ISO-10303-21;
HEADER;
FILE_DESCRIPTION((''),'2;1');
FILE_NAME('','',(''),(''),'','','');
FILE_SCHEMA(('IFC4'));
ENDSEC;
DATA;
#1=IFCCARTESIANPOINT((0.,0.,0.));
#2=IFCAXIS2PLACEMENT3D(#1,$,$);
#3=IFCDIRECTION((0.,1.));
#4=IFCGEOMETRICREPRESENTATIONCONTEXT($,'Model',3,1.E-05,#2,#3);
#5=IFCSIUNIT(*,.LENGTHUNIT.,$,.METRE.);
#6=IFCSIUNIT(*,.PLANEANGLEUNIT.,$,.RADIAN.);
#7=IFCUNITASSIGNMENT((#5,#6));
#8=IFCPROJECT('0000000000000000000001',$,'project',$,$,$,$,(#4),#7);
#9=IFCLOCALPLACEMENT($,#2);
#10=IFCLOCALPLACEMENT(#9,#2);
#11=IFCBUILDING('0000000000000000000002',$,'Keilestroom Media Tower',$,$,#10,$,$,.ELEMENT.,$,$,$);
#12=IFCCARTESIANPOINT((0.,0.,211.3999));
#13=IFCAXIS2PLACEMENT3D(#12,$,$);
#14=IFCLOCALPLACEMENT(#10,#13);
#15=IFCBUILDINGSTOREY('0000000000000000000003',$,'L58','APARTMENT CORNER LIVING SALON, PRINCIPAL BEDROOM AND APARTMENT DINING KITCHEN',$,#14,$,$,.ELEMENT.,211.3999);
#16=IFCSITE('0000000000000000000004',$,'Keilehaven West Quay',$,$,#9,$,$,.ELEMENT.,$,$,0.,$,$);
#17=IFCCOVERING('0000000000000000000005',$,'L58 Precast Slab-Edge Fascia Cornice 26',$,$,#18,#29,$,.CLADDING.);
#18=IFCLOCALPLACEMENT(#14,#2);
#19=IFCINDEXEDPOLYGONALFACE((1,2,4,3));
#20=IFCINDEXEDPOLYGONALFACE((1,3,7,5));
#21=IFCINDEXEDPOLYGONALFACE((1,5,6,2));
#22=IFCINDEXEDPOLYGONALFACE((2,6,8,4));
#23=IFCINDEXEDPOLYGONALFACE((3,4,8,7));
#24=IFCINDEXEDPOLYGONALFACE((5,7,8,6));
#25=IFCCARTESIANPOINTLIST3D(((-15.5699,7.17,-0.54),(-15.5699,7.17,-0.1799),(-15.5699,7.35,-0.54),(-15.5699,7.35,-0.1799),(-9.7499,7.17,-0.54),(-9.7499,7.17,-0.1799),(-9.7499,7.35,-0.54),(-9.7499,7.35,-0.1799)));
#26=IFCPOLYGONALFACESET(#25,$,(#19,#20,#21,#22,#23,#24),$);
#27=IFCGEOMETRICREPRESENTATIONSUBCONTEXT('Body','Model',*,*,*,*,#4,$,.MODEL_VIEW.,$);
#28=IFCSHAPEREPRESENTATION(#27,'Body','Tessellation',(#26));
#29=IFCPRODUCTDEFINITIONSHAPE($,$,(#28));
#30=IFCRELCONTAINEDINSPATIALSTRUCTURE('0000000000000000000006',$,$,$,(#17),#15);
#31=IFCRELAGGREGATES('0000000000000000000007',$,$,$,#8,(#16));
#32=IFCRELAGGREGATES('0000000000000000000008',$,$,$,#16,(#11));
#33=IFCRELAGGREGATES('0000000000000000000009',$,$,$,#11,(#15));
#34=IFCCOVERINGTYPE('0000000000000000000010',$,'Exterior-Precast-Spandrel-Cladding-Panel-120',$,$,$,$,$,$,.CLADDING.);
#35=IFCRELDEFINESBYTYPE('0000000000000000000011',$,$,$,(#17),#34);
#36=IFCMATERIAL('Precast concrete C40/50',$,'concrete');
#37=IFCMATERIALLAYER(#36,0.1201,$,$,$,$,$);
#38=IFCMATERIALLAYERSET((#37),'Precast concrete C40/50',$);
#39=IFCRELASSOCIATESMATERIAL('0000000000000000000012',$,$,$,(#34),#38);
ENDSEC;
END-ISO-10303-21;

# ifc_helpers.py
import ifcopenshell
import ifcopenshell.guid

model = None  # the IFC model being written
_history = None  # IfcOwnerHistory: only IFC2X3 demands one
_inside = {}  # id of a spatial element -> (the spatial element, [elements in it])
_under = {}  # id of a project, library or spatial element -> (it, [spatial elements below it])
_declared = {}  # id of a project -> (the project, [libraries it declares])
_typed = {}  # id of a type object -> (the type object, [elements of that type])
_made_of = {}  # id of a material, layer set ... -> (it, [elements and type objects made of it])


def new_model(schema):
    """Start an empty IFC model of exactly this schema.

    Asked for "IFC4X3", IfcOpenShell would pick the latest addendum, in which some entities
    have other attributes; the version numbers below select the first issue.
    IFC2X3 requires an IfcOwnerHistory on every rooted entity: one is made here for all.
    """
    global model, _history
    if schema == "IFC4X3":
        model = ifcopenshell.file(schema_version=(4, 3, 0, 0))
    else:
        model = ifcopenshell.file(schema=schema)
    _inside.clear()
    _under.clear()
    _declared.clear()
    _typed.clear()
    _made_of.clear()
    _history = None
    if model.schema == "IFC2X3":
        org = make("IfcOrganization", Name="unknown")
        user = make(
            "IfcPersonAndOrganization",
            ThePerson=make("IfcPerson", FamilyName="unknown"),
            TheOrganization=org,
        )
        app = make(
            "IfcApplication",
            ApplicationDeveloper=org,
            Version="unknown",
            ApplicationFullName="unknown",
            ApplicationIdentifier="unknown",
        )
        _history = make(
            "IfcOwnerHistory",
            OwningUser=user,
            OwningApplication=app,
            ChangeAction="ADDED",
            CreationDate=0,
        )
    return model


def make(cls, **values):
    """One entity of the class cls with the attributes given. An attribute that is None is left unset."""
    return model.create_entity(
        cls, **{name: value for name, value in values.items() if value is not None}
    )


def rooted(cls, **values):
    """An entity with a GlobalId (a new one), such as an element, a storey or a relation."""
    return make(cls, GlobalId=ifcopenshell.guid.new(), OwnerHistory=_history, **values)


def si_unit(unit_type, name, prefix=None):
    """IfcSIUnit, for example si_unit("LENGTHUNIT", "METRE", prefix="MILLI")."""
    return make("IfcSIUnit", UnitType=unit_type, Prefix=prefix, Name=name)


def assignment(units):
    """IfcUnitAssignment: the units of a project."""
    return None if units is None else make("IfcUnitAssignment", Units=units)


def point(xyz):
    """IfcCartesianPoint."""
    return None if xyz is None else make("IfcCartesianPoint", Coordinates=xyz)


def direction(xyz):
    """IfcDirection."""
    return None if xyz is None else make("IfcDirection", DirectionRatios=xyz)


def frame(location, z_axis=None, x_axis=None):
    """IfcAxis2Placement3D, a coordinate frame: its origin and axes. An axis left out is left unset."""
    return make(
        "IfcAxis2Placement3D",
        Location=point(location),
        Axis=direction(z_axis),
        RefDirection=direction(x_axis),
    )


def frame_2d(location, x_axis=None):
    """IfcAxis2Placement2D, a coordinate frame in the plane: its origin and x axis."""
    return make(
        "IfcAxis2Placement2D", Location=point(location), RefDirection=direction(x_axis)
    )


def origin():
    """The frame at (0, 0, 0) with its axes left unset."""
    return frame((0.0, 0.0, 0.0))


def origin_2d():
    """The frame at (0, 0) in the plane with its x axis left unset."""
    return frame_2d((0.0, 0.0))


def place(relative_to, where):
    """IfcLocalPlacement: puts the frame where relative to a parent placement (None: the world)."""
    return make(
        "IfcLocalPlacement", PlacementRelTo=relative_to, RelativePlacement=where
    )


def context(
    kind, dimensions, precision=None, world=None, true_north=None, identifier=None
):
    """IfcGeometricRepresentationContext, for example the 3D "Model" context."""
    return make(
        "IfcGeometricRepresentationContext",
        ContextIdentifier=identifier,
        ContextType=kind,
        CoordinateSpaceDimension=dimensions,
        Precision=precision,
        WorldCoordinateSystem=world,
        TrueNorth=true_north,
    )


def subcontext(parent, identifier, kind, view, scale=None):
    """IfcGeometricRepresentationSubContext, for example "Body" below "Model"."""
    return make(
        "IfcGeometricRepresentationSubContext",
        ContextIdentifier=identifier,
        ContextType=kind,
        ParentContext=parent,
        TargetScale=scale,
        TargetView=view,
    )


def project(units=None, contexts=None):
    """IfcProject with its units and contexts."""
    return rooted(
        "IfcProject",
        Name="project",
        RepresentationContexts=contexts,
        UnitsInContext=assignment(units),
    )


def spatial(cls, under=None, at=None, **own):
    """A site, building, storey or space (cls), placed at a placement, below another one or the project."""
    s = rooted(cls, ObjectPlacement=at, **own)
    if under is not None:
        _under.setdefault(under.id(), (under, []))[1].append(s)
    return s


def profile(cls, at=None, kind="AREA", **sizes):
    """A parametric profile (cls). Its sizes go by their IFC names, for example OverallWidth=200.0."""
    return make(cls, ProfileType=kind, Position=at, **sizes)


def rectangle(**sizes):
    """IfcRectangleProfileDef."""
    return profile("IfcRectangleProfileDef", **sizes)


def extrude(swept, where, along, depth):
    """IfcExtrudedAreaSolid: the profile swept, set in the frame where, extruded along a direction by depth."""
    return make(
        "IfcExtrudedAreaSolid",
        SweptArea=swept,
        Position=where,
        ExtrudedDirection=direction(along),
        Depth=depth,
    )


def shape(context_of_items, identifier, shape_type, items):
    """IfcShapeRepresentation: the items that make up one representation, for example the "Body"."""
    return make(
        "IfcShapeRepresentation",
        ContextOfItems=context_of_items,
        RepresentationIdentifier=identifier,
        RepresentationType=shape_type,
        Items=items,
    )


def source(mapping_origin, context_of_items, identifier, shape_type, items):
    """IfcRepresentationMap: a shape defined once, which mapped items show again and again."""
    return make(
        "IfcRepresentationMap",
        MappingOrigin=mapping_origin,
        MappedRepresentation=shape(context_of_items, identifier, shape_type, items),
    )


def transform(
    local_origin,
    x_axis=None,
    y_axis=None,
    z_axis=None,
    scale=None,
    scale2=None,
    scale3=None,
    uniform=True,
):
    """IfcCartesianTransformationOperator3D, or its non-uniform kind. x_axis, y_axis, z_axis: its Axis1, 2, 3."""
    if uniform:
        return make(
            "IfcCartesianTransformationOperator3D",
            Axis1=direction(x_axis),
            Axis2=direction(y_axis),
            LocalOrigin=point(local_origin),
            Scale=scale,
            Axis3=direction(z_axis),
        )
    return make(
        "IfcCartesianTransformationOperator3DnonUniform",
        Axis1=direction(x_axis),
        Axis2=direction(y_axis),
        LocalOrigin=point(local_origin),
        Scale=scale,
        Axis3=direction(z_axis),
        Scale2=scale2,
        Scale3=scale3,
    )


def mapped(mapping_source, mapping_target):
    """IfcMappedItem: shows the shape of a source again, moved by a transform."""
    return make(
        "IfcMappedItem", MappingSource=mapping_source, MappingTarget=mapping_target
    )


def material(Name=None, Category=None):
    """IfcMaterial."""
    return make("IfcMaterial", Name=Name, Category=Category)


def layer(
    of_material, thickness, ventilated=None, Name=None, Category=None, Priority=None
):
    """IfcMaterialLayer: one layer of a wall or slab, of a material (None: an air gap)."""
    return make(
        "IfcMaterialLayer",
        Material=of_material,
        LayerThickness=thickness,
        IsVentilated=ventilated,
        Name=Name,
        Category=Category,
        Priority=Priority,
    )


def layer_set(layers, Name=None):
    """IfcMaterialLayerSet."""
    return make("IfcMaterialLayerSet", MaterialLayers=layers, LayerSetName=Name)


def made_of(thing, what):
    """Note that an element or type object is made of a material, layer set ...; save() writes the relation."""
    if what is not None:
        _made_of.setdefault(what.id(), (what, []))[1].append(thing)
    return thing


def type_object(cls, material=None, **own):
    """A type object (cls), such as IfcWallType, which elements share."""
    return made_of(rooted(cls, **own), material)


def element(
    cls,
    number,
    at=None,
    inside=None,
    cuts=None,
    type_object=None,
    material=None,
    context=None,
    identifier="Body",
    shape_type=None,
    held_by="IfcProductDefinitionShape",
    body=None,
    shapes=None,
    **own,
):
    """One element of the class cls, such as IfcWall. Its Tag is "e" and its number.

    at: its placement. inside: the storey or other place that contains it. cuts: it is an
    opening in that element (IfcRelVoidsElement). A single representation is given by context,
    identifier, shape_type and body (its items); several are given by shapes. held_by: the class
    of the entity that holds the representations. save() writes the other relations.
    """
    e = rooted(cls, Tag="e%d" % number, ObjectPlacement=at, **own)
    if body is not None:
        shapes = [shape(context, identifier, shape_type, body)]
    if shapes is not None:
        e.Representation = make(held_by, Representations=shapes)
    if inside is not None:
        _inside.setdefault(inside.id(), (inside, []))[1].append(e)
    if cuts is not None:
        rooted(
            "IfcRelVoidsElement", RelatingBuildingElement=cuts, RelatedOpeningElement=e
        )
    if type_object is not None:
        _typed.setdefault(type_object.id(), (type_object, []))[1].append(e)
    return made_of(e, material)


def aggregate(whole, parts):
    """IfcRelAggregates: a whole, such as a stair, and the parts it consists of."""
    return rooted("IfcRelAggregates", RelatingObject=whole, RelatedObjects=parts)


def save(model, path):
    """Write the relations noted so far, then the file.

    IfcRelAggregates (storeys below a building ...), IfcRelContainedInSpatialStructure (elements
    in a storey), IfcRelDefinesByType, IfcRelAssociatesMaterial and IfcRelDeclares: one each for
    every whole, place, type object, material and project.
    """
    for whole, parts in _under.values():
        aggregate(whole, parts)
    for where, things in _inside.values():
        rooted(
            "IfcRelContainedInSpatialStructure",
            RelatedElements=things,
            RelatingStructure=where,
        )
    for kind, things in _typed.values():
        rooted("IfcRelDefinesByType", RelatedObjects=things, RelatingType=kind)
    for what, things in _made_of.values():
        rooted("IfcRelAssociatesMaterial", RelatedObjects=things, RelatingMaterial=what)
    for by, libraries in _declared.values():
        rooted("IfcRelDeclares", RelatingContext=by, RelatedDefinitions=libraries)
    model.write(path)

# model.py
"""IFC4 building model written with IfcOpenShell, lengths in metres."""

from ifc_helpers import new_model, si_unit, direction, frame, origin, origin_2d, place, context, subcontext, project, spatial, rectangle, extrude, source, transform, mapped, material, layer, layer_set, type_object, element, save


model = new_model("IFC4")

# Units and contexts
model_context = context("Model", 3, precision=1e-05, world=origin(), true_north=direction((0.0, 1.0)))
body_context = subcontext(model_context, "Body", "Model", "MODEL_VIEW")
ifc_project = project(units=[si_unit("LENGTHUNIT", "METRE"), si_unit("PLANEANGLEUNIT", "RADIAN")], contexts=[model_context])

# Site, building, storey
site_placement = place(None, origin())
site = spatial("IfcSite", under=ifc_project, at=site_placement, Name="Keilehaven West Quay", CompositionType="ELEMENT", RefElevation=0.0)
building_placement = place(site_placement, origin())
building = spatial("IfcBuilding", under=site, at=building_placement, Name="Keilestroom Media Tower", CompositionType="ELEMENT")
storey_placement = place(building_placement, frame((0.0, 0.0, 211.3999)))
storey = spatial("IfcBuildingStorey", under=building, at=storey_placement, Name="L58", Description="APARTMENT CORNER LIVING SALON, PRINCIPAL BEDROOM AND APARTMENT DINING KITCHEN", CompositionType="ELEMENT", Elevation=211.3999)

# Shared definitions
ifc_material_1 = material(Name="Precast concrete C40/50", Category="concrete")

# Covering
ifc_layer_1 = layer(ifc_material_1, 0.1201)
ifc_layer_set_1 = layer_set([ifc_layer_1], Name="Precast concrete C40/50")
covering_type = type_object("IfcCoveringType", Name="Exterior-Precast-Spandrel-Cladding-Panel-120", PredefinedType="CLADDING", material=ifc_layer_set_1)
shared_shape_1 = source(origin(), body_context, "Body", "SweptSolid", [
    extrude(rectangle(XDim=5.8201, YDim=0.1799, at=origin_2d()), origin(), (0.0, 0.0, 1.0), 0.3601),
])
covering_1_placement = place(storey_placement, frame((-12.6599, 7.26, -0.54), z_axis=(0.0, 0.0, 1.0), x_axis=(1.0, 0.0, 0.0)))
element("IfcCovering", 1, at=covering_1_placement, inside=storey, type_object=covering_type, Name="L58 Precast Slab-Edge Fascia Cornice 26", PredefinedType="CLADDING", context=body_context, shape_type="MappedRepresentation", body=[
    mapped(shared_shape_1, transform((0.0, 0.0, 0.0), x_axis=(1.0, 0.0, 0.0), y_axis=(0.0, 1.0, 0.0), z_axis=(0.0, 0.0, 1.0), scale=1.0)),
])

save(model, "model.ifc")
